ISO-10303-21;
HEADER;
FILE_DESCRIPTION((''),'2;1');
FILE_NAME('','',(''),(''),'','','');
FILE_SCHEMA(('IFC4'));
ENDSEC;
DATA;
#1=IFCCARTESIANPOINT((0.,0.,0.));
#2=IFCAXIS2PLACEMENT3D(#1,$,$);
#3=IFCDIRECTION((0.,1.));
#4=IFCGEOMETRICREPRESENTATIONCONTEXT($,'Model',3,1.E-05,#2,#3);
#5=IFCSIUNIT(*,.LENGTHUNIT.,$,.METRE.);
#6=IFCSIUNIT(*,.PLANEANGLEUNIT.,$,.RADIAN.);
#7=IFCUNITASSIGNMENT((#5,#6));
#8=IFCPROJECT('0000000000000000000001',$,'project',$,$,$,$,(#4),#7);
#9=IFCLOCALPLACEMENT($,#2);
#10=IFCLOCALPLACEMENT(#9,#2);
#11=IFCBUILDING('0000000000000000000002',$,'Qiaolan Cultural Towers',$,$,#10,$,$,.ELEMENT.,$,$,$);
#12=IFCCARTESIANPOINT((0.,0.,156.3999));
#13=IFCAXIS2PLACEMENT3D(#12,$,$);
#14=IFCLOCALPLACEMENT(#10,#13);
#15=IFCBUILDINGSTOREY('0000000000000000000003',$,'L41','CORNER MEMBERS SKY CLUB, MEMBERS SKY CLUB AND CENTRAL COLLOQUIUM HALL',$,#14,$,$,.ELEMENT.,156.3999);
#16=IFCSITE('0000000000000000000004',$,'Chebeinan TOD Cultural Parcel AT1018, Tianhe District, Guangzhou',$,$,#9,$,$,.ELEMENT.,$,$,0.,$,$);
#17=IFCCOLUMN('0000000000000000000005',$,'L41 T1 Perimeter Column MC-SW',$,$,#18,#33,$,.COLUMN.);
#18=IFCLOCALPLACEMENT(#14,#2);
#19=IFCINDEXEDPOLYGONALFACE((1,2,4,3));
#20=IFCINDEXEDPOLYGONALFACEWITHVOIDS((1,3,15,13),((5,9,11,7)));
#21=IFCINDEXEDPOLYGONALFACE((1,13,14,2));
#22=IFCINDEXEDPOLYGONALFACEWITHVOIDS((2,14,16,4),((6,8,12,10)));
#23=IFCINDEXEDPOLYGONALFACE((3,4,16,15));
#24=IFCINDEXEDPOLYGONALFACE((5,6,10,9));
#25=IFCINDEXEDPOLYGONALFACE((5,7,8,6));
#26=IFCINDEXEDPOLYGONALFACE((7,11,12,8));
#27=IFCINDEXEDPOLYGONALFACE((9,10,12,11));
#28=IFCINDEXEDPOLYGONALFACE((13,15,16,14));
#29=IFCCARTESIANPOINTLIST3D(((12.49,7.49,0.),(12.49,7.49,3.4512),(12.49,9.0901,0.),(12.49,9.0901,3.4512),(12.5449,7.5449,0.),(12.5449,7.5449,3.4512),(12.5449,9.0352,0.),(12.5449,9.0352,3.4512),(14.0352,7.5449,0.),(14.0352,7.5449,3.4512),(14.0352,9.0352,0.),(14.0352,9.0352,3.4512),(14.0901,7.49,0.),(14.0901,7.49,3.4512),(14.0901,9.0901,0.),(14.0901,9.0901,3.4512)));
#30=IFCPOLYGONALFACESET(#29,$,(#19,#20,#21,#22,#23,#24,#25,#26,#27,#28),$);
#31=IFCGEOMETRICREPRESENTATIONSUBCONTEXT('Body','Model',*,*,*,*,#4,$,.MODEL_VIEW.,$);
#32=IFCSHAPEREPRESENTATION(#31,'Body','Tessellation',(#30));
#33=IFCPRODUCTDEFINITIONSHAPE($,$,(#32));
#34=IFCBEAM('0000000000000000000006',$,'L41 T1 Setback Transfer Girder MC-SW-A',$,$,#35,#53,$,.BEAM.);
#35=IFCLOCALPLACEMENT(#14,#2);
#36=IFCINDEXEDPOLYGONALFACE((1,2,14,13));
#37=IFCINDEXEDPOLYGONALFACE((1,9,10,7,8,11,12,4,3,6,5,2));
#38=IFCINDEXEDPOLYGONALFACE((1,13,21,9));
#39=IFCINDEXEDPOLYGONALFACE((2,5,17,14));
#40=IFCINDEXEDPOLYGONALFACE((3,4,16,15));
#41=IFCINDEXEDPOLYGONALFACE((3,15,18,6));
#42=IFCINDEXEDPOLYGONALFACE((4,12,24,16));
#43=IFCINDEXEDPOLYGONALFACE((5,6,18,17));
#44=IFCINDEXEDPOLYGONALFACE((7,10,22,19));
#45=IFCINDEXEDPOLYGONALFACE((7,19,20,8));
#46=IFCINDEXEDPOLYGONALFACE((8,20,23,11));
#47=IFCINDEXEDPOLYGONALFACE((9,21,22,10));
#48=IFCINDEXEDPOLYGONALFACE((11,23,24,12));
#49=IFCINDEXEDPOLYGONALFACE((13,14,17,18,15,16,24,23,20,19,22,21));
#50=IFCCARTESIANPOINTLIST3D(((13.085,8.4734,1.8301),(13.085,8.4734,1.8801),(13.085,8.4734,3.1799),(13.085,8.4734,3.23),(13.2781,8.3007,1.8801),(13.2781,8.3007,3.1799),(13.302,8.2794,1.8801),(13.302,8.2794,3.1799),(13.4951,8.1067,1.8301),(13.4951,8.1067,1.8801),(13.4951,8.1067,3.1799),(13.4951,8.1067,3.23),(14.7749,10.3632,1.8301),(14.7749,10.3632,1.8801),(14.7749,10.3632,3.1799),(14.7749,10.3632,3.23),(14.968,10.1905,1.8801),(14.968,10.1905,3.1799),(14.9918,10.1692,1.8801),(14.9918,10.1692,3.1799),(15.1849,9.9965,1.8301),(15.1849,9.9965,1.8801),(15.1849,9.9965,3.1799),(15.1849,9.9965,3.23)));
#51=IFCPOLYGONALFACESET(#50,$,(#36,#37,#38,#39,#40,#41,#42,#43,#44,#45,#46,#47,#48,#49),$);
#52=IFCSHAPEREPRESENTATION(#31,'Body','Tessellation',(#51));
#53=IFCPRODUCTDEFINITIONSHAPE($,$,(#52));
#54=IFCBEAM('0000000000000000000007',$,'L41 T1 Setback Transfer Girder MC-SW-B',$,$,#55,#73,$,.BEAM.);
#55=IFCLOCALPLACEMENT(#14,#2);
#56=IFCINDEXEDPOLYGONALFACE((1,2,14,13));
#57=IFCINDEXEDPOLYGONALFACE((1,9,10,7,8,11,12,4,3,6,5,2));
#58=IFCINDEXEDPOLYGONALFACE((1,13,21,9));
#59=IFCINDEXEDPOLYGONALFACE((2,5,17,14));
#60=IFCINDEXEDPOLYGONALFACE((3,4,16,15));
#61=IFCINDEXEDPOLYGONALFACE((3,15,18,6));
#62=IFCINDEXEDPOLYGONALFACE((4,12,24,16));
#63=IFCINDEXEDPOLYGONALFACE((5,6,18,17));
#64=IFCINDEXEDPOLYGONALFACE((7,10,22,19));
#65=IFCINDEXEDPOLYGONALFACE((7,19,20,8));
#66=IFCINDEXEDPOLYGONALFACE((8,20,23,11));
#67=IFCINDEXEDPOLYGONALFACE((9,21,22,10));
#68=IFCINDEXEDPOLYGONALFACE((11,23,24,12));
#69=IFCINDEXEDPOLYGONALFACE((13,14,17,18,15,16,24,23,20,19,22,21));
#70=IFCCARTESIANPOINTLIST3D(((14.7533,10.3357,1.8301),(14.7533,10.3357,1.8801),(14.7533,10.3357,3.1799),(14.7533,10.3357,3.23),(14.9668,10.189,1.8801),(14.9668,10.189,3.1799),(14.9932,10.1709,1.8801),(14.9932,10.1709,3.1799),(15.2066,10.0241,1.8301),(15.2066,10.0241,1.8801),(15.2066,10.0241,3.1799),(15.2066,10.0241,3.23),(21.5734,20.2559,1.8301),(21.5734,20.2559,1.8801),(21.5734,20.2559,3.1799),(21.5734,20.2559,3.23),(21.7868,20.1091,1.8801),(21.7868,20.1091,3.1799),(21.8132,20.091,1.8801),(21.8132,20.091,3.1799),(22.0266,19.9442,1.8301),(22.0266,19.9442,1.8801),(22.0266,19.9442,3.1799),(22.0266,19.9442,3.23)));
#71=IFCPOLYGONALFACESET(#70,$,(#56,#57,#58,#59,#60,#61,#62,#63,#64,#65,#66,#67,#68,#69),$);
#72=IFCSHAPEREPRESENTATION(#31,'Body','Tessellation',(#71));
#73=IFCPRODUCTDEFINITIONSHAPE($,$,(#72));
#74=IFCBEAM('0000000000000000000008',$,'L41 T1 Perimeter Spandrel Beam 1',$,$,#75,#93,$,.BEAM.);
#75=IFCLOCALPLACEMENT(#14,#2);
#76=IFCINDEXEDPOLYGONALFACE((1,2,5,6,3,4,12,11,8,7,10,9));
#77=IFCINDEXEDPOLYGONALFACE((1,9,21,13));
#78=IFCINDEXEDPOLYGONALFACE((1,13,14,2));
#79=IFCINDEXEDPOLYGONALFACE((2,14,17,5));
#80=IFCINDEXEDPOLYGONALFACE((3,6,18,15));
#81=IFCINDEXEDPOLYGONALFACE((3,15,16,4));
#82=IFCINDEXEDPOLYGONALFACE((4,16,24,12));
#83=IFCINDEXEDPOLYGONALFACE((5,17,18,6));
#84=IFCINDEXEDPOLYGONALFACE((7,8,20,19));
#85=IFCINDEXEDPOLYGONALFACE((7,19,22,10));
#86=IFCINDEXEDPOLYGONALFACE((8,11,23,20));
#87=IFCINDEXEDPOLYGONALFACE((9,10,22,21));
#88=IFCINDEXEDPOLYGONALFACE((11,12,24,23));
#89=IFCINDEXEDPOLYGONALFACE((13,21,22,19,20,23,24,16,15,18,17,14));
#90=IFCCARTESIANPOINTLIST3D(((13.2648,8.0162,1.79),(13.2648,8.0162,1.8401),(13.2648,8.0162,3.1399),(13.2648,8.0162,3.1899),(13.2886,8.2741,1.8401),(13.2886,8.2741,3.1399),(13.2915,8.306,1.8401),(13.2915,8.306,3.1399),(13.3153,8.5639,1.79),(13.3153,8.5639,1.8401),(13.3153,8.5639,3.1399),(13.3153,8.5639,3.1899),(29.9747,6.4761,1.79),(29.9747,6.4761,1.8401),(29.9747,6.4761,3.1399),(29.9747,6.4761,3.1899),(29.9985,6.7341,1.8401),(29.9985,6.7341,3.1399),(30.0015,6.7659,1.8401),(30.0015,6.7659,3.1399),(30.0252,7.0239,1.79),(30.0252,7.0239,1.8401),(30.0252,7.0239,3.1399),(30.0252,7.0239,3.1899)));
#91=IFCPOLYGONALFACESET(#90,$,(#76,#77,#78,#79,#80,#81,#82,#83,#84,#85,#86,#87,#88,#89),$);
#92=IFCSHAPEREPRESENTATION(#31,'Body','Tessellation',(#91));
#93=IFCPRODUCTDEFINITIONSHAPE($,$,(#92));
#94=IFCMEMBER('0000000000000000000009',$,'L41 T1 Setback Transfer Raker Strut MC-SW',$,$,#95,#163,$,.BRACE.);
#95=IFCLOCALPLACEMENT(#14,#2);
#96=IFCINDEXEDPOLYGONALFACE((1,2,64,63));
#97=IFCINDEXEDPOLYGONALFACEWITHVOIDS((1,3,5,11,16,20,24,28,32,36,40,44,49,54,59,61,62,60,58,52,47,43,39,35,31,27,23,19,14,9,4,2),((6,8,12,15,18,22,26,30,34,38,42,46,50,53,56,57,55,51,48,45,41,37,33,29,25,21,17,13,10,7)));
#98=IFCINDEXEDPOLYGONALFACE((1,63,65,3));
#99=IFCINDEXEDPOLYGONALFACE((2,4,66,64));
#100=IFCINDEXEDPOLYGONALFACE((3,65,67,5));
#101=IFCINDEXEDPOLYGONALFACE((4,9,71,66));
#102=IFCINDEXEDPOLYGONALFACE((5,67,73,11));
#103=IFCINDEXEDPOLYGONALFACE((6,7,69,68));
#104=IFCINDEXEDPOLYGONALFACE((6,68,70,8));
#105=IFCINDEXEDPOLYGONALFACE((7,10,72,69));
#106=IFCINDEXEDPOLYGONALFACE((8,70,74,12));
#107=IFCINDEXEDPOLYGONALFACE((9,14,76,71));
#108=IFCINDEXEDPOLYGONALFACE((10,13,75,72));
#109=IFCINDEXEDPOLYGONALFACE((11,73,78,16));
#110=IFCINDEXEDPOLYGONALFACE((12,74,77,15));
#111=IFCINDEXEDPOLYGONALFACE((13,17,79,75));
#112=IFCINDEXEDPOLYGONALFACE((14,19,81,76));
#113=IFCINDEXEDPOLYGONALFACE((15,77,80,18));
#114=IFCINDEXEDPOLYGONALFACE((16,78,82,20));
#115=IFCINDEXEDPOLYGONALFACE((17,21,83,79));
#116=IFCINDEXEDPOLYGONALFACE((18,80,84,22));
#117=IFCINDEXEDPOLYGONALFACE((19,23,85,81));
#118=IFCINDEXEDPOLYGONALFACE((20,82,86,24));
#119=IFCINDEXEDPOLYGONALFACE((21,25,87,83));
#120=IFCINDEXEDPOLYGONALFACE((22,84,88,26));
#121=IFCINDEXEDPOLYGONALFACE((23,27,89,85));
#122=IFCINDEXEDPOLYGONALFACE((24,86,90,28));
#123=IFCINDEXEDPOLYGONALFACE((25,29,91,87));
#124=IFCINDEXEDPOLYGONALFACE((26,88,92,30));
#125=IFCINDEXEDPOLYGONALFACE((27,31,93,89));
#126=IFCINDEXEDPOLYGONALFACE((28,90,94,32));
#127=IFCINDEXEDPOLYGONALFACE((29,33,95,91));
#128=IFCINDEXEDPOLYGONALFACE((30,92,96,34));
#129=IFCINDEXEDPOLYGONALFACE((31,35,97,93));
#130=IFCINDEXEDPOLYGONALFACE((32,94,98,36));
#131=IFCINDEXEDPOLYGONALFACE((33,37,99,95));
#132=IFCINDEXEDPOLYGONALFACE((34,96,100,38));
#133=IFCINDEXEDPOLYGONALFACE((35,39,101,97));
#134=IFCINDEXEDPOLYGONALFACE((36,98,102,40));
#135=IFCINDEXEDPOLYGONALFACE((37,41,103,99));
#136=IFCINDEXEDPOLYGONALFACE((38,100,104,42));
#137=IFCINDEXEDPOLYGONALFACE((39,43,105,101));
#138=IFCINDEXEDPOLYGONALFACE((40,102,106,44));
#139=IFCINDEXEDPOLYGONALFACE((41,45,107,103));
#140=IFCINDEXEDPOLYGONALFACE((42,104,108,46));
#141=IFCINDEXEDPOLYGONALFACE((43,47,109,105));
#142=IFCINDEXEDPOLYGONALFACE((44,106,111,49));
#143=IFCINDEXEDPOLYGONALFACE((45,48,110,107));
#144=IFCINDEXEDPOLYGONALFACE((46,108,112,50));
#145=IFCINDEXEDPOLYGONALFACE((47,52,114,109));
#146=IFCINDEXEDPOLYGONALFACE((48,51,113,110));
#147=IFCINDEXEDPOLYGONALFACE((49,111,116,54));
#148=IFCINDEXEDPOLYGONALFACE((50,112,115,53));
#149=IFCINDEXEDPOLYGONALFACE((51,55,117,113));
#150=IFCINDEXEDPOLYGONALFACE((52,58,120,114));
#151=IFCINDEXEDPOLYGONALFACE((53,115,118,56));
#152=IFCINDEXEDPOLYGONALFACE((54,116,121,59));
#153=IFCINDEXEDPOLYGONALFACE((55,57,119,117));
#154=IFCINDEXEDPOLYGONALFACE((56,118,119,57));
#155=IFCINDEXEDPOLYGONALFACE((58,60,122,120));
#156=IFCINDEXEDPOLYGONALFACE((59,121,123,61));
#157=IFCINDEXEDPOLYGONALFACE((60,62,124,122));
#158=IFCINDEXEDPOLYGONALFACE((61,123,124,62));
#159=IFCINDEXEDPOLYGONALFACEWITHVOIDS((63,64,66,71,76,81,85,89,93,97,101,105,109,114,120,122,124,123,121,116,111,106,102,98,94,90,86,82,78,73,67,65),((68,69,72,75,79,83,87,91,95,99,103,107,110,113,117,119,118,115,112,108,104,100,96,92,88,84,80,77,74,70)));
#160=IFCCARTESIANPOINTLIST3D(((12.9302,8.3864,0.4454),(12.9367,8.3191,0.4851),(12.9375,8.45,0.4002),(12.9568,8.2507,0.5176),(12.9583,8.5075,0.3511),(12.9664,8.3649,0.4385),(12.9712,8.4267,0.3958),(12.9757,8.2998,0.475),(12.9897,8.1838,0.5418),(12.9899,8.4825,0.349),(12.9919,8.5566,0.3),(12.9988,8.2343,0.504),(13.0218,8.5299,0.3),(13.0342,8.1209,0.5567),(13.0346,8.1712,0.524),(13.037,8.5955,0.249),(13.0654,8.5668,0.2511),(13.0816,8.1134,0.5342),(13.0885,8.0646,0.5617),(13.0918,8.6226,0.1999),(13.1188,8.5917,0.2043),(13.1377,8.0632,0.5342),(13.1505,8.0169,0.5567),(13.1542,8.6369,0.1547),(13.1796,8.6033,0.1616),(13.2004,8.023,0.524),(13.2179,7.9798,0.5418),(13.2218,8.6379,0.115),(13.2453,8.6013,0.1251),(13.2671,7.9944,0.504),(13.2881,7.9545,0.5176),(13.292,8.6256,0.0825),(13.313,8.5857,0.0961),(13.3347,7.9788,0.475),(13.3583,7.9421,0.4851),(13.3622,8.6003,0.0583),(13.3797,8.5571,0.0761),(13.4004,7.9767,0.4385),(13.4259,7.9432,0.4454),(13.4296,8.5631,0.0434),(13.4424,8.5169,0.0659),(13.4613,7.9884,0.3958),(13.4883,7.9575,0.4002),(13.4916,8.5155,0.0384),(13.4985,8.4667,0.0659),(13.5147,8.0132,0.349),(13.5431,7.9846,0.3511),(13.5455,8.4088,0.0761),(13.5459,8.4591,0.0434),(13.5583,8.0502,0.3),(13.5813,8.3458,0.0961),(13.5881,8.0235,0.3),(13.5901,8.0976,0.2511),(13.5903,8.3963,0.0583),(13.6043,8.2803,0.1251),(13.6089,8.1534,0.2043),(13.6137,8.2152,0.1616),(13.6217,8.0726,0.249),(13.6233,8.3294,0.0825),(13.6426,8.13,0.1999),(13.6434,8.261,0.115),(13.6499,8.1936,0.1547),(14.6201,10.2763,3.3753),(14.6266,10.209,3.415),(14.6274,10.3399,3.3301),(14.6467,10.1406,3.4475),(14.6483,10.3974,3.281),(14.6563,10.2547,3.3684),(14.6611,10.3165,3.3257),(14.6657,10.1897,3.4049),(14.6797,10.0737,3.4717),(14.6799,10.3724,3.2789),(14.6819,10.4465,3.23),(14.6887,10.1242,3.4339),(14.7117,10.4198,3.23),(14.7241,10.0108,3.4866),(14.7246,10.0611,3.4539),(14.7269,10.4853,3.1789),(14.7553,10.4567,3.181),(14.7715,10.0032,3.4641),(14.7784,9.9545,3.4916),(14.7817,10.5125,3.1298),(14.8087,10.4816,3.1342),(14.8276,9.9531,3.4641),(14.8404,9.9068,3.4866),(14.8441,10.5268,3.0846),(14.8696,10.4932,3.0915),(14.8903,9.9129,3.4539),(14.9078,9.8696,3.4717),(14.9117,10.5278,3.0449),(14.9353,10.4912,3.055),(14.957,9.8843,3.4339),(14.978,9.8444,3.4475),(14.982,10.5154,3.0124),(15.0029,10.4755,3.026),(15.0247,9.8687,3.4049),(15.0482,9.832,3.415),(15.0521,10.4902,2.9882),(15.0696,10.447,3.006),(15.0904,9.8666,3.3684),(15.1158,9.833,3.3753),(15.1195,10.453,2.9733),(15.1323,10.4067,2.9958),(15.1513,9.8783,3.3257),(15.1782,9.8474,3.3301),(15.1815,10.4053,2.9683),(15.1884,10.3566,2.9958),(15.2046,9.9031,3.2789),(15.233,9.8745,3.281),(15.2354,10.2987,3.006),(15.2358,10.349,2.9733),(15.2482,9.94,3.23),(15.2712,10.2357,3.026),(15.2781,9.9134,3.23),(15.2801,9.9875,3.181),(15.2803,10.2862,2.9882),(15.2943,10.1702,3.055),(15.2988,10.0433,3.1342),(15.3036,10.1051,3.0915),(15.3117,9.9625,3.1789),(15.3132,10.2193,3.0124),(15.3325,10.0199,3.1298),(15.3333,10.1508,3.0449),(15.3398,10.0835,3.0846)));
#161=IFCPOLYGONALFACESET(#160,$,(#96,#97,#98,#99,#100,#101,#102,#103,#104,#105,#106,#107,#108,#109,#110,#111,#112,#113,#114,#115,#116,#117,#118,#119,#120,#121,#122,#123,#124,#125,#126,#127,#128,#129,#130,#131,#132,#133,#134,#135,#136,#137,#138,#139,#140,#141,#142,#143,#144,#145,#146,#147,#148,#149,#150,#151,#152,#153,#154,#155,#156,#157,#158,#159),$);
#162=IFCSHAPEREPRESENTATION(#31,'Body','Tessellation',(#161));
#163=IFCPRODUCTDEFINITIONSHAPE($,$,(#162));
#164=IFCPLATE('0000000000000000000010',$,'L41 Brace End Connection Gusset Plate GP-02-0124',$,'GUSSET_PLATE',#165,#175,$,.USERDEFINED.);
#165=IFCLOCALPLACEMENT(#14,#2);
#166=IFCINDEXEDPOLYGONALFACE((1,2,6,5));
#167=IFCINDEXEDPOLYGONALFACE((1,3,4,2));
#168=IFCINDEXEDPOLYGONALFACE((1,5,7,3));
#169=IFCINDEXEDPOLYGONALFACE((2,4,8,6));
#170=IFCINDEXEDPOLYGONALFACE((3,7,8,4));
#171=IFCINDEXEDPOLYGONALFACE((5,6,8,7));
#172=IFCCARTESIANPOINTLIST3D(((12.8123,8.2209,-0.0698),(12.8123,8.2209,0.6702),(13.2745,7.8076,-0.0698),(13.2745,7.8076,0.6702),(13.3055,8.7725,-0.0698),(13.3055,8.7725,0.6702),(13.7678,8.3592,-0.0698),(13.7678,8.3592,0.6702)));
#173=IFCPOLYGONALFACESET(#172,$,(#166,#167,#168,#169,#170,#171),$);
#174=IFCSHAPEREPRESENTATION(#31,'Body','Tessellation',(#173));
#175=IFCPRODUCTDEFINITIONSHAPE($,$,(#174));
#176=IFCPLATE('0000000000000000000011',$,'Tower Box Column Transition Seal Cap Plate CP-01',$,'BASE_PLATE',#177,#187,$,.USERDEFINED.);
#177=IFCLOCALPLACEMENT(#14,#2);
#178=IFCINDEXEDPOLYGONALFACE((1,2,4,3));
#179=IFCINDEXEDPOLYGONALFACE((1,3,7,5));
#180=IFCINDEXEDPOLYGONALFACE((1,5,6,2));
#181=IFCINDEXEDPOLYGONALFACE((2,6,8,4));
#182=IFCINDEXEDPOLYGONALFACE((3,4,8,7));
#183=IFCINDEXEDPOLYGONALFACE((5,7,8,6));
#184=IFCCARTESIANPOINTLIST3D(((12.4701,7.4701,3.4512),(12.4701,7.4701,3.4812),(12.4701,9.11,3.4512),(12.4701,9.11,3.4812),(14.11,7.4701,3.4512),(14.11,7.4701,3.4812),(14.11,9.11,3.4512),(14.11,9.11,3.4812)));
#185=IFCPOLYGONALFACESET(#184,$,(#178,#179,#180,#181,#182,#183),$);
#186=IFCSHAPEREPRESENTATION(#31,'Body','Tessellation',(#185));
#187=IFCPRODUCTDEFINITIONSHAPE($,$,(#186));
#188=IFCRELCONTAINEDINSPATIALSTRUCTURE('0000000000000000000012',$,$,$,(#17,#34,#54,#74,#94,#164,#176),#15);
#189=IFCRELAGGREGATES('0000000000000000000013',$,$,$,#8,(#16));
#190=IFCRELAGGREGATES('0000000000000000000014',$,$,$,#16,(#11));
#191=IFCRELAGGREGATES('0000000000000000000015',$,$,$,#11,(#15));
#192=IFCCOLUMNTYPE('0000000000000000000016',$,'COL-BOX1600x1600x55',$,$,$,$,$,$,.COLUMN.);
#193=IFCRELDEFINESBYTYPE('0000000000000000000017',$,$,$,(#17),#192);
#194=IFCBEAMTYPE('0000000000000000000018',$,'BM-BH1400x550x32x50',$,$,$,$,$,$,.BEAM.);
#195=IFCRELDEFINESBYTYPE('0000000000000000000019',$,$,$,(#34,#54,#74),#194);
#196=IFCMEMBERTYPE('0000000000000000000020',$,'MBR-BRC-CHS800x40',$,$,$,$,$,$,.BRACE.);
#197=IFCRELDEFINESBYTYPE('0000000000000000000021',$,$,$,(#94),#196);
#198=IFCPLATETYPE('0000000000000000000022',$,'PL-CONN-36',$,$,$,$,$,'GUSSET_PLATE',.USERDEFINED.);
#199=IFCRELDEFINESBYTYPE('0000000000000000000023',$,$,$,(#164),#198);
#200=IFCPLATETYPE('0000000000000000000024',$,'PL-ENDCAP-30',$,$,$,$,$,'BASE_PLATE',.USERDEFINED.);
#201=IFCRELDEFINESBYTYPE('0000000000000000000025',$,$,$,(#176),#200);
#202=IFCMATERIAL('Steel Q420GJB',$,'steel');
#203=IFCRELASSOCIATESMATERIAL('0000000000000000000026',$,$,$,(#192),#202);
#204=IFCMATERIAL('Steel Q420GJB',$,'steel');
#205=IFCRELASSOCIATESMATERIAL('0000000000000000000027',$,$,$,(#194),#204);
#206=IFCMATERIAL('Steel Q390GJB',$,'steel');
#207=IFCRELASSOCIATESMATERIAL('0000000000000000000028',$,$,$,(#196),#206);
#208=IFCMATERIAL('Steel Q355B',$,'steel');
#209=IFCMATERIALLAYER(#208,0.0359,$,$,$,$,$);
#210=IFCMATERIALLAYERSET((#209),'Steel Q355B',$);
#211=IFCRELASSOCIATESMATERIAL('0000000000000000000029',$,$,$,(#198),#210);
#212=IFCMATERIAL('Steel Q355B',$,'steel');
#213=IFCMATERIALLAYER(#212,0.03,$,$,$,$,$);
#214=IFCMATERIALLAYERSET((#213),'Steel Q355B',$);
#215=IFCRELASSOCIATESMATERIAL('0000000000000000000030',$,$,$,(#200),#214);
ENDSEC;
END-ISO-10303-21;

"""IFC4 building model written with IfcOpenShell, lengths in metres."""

from ifc_helpers import new_model, si_unit, direction, frame, origin, origin_2d, place, context, subcontext, project, spatial, rectangle, hollow_rectangle, hollow_circle, i_section, extrude, material, layer, layer_set, material_profile, profile_set, type_object, element, save


model = new_model("IFC4")

# Units and contexts
model_context = context("Model", 3, precision=1e-05, world=origin(), true_north=direction((0.0, 1.0)))
body_context = subcontext(model_context, "Body", "Model", "MODEL_VIEW")
ifc_project = project(units=[si_unit("LENGTHUNIT", "METRE"), si_unit("PLANEANGLEUNIT", "RADIAN")], contexts=[model_context])

# Site, building, storey
site_placement = place(None, origin())
site = spatial("IfcSite", under=ifc_project, at=site_placement, Name="Chebeinan TOD Cultural Parcel AT1018, Tianhe District, Guangzhou", CompositionType="ELEMENT", RefElevation=0.0)
building_placement = place(site_placement, origin())
building = spatial("IfcBuilding", under=site, at=building_placement, Name="Qiaolan Cultural Towers", CompositionType="ELEMENT")
storey_placement = place(building_placement, frame((0.0, 0.0, 156.3999)))
storey = spatial("IfcBuildingStorey", under=building, at=storey_placement, Name="L41", Description="CORNER MEMBERS SKY CLUB, MEMBERS SKY CLUB AND CENTRAL COLLOQUIUM HALL", CompositionType="ELEMENT", Elevation=156.3999)

# Column
ifc_material_1 = material(Name="Steel Q420GJB", Category="steel")
ifc_material_profile_1 = material_profile(ifc_material_1, hollow_rectangle(XDim=1.6001, YDim=1.6001, WallThickness=0.0549, at=origin_2d()), Name="BOX1600x1600x55")
ifc_profile_set_1 = profile_set([ifc_material_profile_1], Name="Steel Q420GJB")
column_type = type_object("IfcColumnType", Name="COL-BOX1600x1600x55", PredefinedType="COLUMN", material=ifc_profile_set_1)
column_placement = place(storey_placement, frame((13.29, 8.29, 0.0), z_axis=(0.0, 0.0, 1.0), x_axis=(1.0, 0.0, 0.0)))
element("IfcColumn", 1, at=column_placement, inside=storey, type_object=column_type, Name="L41 T1 Perimeter Column MC-SW", PredefinedType="COLUMN", context=body_context, shape_type="SweptSolid", body=[
    extrude(hollow_rectangle(XDim=1.6001, YDim=1.6001, WallThickness=0.0549, at=origin_2d()), origin(), (0.0, 0.0, 1.0), 3.4512),
])

# Beams
ifc_material_2 = material(Name="Steel Q420GJB", Category="steel")
ifc_material_profile_2 = material_profile(ifc_material_2, i_section(OverallWidth=0.55, OverallDepth=1.3999, WebThickness=0.032, FlangeThickness=0.05, at=origin_2d()), Name="BH1400x550x32x50")
ifc_profile_set_2 = profile_set([ifc_material_profile_2], Name="Steel Q420GJB")
beam_type = type_object("IfcBeamType", Name="BM-BH1400x550x32x50", PredefinedType="BEAM", material=ifc_profile_set_2)
beam_1_placement = place(storey_placement, frame((13.29, 8.29, 2.53), z_axis=(0.666572, 0.74544, 0.0), x_axis=(-0.74544, 0.666572, 0.0)))
element("IfcBeam", 2, at=beam_1_placement, inside=storey, type_object=beam_type, Name="L41 T1 Setback Transfer Girder MC-SW-A", PredefinedType="BEAM", context=body_context, shape_type="SweptSolid", body=[
    extrude(i_section(OverallWidth=0.55, OverallDepth=1.3999, WebThickness=0.032, FlangeThickness=0.05, at=origin_2d()), origin(), (0.0, 0.0, 1.0), 2.5352),
])
beam_2_placement = place(storey_placement, frame((14.98, 10.1799, 2.53), z_axis=(0.566526, 0.824044, 0.0), x_axis=(-0.824044, 0.566526, 0.0)))
element("IfcBeam", 3, at=beam_2_placement, inside=storey, type_object=beam_type, Name="L41 T1 Setback Transfer Girder MC-SW-B", PredefinedType="BEAM", context=body_context, shape_type="SweptSolid", body=[
    extrude(i_section(OverallWidth=0.55, OverallDepth=1.3999, WebThickness=0.032, FlangeThickness=0.05, at=origin_2d()), origin(), (0.0, 0.0, 1.0), 12.0383),
])
beam_3_placement = place(storey_placement, frame((13.29, 8.29, 2.49), z_axis=(0.99578, -0.091774, 0.0), x_axis=(0.091774, 0.99578, 0.0)))
element("IfcBeam", 4, at=beam_3_placement, inside=storey, type_object=beam_type, Name="L41 T1 Perimeter Spandrel Beam 1", PredefinedType="BEAM", context=body_context, shape_type="SweptSolid", body=[
    extrude(i_section(OverallWidth=0.55, OverallDepth=1.3999, WebThickness=0.032, FlangeThickness=0.05, at=origin_2d()), origin(), (0.0, 0.0, 1.0), 16.7808),
])

# Member
ifc_material_3 = material(Name="Steel Q390GJB", Category="steel")
ifc_material_profile_3 = material_profile(ifc_material_3, hollow_circle(Radius=0.3999, WallThickness=0.04, at=origin_2d()), Name="CHS800x40")
ifc_profile_set_3 = profile_set([ifc_material_profile_3], Name="Steel Q390GJB")
member_type = type_object("IfcMemberType", Name="MBR-BRC-CHS800x40", PredefinedType="BRACE", material=ifc_profile_set_3)
member_placement = place(storey_placement, frame((13.29, 8.29, 0.3), z_axis=(0.436165, 0.487772, 0.7562), x_axis=(-0.74544, 0.666572, 0.0)))
element("IfcMember", 5, at=member_placement, inside=storey, type_object=member_type, Name="L41 T1 Setback Transfer Raker Strut MC-SW", PredefinedType="BRACE", context=body_context, shape_type="SweptSolid", body=[
    extrude(hollow_circle(Radius=0.3999, WallThickness=0.04, at=origin_2d()), origin(), (0.0, 0.0, 1.0), 3.8745),
])

# Plates
ifc_material_4 = material(Name="Steel Q355B", Category="steel")
ifc_layer_1 = layer(ifc_material_4, 0.0359)
ifc_layer_set_1 = layer_set([ifc_layer_1], Name="Steel Q355B")
plate_type_1 = type_object("IfcPlateType", Name="PL-CONN-36", ElementType="GUSSET_PLATE", PredefinedType="USERDEFINED", material=ifc_layer_set_1)
plate_1_placement = place(storey_placement, frame((13.29, 8.29, -0.0698), z_axis=(0.0, 0.0, 1.0), x_axis=(0.666564, 0.745448, 0.0)))
element("IfcPlate", 6, at=plate_1_placement, inside=storey, type_object=plate_type_1, Name="L41 Brace End Connection Gusset Plate GP-02-0124", ObjectType="GUSSET_PLATE", PredefinedType="USERDEFINED", context=body_context, shape_type="SweptSolid", body=[
    extrude(rectangle(XDim=0.74, YDim=0.6201, at=origin_2d()), origin(), (0.0, 0.0, 1.0), 0.74),
])
ifc_material_5 = material(Name="Steel Q355B", Category="steel")
ifc_layer_2 = layer(ifc_material_5, 0.03)
ifc_layer_set_2 = layer_set([ifc_layer_2], Name="Steel Q355B")
plate_type_2 = type_object("IfcPlateType", Name="PL-ENDCAP-30", ElementType="BASE_PLATE", PredefinedType="USERDEFINED", material=ifc_layer_set_2)
plate_2_placement = place(storey_placement, frame((13.29, 8.29, 3.4512), z_axis=(0.0, 0.0, 1.0), x_axis=(1.0, 0.0, 0.0)))
element("IfcPlate", 7, at=plate_2_placement, inside=storey, type_object=plate_type_2, Name="Tower Box Column Transition Seal Cap Plate CP-01", ObjectType="BASE_PLATE", PredefinedType="USERDEFINED", context=body_context, shape_type="SweptSolid", body=[
    extrude(rectangle(XDim=1.6399, YDim=1.6399, at=origin_2d()), origin(), (0.0, 0.0, 1.0), 0.03),
])

save(model, "model.ifc")
